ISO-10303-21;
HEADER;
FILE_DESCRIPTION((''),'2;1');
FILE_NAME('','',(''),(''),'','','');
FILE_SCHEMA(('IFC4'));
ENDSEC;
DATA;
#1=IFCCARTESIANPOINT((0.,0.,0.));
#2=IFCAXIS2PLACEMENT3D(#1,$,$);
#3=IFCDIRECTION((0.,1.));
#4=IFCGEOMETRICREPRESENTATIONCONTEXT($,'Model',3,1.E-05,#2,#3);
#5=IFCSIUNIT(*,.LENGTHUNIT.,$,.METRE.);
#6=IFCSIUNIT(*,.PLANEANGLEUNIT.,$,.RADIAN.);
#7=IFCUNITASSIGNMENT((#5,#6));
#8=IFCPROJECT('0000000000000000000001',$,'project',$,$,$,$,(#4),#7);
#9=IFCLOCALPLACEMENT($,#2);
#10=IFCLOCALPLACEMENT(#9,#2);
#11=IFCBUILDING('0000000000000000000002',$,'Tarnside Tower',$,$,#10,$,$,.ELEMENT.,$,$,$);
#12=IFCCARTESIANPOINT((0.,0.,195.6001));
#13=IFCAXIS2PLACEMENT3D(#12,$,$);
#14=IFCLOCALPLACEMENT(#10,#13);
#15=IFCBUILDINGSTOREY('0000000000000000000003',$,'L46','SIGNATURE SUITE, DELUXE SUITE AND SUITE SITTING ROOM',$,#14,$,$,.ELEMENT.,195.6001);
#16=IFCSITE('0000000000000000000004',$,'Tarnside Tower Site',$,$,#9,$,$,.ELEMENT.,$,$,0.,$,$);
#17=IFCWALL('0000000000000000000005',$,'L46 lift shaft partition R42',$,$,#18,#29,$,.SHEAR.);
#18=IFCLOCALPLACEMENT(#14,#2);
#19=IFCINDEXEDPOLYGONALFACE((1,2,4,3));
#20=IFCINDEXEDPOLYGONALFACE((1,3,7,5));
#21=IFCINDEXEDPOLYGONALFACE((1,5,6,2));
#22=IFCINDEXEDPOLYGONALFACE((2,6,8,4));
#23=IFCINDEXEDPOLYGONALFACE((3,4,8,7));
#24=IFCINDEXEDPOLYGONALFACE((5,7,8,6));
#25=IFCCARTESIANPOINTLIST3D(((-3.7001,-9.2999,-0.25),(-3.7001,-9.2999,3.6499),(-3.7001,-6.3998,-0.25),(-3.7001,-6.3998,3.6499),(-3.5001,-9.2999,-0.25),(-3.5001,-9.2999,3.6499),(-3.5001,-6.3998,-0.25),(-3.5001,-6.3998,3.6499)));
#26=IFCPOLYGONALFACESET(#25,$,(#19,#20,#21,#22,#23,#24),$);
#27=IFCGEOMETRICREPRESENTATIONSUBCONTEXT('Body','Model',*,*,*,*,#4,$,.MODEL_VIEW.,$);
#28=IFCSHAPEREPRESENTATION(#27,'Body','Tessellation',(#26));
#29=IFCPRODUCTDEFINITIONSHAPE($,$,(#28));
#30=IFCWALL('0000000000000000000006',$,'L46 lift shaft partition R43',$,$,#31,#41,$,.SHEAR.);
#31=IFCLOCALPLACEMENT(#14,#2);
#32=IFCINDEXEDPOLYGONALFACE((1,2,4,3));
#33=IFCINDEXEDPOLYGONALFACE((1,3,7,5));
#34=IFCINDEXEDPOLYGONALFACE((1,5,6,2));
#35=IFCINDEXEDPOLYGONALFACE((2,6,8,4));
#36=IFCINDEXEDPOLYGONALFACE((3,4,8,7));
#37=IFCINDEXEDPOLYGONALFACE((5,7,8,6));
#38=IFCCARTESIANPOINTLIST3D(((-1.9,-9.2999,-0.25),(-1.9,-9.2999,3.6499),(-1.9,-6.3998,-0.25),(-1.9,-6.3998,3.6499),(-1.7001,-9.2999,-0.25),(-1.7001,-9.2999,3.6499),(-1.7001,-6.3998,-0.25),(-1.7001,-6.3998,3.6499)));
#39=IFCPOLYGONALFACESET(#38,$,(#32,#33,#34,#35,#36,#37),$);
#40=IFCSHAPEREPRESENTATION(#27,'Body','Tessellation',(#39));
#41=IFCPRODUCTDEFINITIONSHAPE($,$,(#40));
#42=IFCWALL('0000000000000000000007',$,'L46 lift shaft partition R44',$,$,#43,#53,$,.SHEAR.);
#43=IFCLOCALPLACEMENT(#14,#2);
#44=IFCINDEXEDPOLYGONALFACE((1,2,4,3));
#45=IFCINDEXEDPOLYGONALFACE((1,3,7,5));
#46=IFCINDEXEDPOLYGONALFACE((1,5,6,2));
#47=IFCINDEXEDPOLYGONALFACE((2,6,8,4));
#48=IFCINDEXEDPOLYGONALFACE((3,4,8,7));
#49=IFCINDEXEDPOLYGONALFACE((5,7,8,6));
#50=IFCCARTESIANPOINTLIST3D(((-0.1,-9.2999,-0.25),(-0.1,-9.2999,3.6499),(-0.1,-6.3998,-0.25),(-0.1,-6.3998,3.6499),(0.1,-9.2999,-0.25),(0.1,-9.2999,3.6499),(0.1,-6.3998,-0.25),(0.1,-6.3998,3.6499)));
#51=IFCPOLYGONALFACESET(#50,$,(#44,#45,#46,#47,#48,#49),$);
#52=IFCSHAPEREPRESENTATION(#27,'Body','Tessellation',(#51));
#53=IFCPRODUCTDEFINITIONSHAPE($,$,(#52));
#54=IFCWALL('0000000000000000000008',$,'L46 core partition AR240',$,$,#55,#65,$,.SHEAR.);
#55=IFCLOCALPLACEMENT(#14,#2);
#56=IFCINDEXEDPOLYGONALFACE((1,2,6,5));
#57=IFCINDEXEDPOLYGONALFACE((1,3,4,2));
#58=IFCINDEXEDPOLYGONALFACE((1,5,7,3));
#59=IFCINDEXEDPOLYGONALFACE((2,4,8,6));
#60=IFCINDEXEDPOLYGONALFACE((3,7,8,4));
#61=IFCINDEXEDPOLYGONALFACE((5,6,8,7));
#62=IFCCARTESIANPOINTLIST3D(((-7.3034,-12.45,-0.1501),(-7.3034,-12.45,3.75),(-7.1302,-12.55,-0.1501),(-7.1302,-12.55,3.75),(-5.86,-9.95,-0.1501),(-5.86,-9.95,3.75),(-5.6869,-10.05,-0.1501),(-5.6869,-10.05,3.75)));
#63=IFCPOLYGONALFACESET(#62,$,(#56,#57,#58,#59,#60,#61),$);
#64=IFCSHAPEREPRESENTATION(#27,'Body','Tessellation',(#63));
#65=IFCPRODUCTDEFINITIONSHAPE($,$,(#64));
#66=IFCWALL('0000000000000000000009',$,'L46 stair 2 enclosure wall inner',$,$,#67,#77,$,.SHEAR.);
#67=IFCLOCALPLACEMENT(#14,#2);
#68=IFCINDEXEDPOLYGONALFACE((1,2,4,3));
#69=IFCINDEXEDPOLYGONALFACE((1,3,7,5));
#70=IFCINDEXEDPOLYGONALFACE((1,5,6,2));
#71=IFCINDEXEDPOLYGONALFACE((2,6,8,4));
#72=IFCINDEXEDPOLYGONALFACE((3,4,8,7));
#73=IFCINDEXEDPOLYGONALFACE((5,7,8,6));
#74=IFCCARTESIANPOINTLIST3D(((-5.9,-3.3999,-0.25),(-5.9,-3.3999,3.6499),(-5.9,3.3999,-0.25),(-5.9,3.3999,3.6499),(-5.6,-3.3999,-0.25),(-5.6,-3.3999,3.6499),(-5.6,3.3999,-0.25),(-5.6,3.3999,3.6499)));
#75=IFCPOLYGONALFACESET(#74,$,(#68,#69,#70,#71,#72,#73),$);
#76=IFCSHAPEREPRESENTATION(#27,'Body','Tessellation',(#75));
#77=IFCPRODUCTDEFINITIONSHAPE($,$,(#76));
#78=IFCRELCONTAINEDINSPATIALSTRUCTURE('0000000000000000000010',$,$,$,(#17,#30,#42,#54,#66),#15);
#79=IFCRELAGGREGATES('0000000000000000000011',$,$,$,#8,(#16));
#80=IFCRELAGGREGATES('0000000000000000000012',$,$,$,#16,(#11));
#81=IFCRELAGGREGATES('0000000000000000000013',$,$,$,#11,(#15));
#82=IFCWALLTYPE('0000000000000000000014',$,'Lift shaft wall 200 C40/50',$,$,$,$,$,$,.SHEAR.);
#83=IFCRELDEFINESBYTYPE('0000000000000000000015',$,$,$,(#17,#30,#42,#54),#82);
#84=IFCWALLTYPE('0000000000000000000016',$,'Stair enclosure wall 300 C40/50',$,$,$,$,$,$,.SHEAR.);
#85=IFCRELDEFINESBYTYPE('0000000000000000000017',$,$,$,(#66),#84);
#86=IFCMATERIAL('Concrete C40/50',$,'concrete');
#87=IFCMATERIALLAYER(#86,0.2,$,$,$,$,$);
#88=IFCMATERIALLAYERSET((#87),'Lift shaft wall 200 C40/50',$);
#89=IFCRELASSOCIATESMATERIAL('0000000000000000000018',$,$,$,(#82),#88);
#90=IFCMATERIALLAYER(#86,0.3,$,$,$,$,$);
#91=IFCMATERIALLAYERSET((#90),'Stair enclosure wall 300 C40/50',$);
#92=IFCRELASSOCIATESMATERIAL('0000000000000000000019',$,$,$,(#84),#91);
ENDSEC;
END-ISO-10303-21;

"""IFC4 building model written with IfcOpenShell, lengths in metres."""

from ifc_helpers import new_model, si_unit, direction, frame, frame_2d, origin, place, context, subcontext, project, spatial, rectangle, extrude, material, layer, layer_set, type_object, element, save


model = new_model("IFC4")

# Units and contexts
model_context = context("Model", 3, precision=1e-05, world=origin(), true_north=direction((0.0, 1.0)))
body_context = subcontext(model_context, "Body", "Model", "MODEL_VIEW")
ifc_project = project(units=[si_unit("LENGTHUNIT", "METRE"), si_unit("PLANEANGLEUNIT", "RADIAN")], contexts=[model_context])

# Site, building, storey
site_placement = place(None, origin())
site = spatial("IfcSite", under=ifc_project, at=site_placement, Name="Tarnside Tower Site", CompositionType="ELEMENT", RefElevation=0.0)
building_placement = place(site_placement, origin())
building = spatial("IfcBuilding", under=site, at=building_placement, Name="Tarnside Tower", CompositionType="ELEMENT")
storey_placement = place(building_placement, frame((0.0, 0.0, 195.6001)))
storey = spatial("IfcBuildingStorey", under=building, at=storey_placement, Name="L46", Description="SIGNATURE SUITE, DELUXE SUITE AND SUITE SITTING ROOM", CompositionType="ELEMENT", Elevation=195.6001)

# Shared definitions
ifc_material_1 = material(Name="Concrete C40/50", Category="concrete")

# Shared definitions
ifc_layer_1 = layer(ifc_material_1, 0.2)
ifc_layer_set_1 = layer_set([ifc_layer_1], Name="Lift shaft wall 200 C40/50")
wall_type_1 = type_object("IfcWallType", Name="Lift shaft wall 200 C40/50", PredefinedType="SHEAR", material=ifc_layer_set_1)

# Walls
for number, where, z_axis, x_axis, name in (
    (1, (-3.6001, -9.3, -0.25), (0.0, 0.0, 1.0), (0.0, 1.0, 0.0), "L46 lift shaft partition R42"),
    (2, (-1.8, -9.3, -0.25), (0.0, 0.0, 1.0), (0.0, 1.0, 0.0), "L46 lift shaft partition R43"),
    (3, (0.0, -9.3, -0.25), (0.0, 0.0, 1.0), (0.0, 1.0, 0.0), "L46 lift shaft partition R44"),
):
    element("IfcWall", number, at=place(storey_placement, frame(where, z_axis=z_axis, x_axis=x_axis)), inside=storey, type_object=wall_type_1, Name=name, PredefinedType="SHEAR", context=body_context, shape_type="SweptSolid", body=[
        extrude(rectangle(XDim=2.9001, YDim=0.2, at=frame_2d((1.4502, 0.0))), origin(), (0.0, 0.0, 1.0), 3.8999),
    ])
wall_1_placement = place(storey_placement, frame((-5.7734, -10.0, -0.1501), z_axis=(0.0, 0.0, 1.0), x_axis=(-0.499996, -0.866028, 0.0)))
element("IfcWall", 4, at=wall_1_placement, inside=storey, type_object=wall_type_1, Name="L46 core partition AR240", PredefinedType="SHEAR", context=body_context, shape_type="SweptSolid", body=[
    extrude(rectangle(XDim=2.8867, YDim=0.2, at=frame_2d((1.4434, 0.0))), origin(), (0.0, 0.0, 1.0), 3.9001),
])
ifc_layer_2 = layer(ifc_material_1, 0.3)
ifc_layer_set_2 = layer_set([ifc_layer_2], Name="Stair enclosure wall 300 C40/50")
wall_type_2 = type_object("IfcWallType", Name="Stair enclosure wall 300 C40/50", PredefinedType="SHEAR", material=ifc_layer_set_2)
wall_2_placement = place(storey_placement, frame((-5.75, -3.3999, -0.25), z_axis=(0.0, 0.0, 1.0), x_axis=(0.0, 1.0, 0.0)))
element("IfcWall", 5, at=wall_2_placement, inside=storey, type_object=wall_type_2, Name="L46 stair 2 enclosure wall inner", PredefinedType="SHEAR", context=body_context, shape_type="SweptSolid", body=[
    extrude(rectangle(XDim=6.7998, YDim=0.3, at=frame_2d((3.3999, 0.0))), origin(), (0.0, 0.0, 1.0), 3.8999),
])

save(model, "model.ifc")
